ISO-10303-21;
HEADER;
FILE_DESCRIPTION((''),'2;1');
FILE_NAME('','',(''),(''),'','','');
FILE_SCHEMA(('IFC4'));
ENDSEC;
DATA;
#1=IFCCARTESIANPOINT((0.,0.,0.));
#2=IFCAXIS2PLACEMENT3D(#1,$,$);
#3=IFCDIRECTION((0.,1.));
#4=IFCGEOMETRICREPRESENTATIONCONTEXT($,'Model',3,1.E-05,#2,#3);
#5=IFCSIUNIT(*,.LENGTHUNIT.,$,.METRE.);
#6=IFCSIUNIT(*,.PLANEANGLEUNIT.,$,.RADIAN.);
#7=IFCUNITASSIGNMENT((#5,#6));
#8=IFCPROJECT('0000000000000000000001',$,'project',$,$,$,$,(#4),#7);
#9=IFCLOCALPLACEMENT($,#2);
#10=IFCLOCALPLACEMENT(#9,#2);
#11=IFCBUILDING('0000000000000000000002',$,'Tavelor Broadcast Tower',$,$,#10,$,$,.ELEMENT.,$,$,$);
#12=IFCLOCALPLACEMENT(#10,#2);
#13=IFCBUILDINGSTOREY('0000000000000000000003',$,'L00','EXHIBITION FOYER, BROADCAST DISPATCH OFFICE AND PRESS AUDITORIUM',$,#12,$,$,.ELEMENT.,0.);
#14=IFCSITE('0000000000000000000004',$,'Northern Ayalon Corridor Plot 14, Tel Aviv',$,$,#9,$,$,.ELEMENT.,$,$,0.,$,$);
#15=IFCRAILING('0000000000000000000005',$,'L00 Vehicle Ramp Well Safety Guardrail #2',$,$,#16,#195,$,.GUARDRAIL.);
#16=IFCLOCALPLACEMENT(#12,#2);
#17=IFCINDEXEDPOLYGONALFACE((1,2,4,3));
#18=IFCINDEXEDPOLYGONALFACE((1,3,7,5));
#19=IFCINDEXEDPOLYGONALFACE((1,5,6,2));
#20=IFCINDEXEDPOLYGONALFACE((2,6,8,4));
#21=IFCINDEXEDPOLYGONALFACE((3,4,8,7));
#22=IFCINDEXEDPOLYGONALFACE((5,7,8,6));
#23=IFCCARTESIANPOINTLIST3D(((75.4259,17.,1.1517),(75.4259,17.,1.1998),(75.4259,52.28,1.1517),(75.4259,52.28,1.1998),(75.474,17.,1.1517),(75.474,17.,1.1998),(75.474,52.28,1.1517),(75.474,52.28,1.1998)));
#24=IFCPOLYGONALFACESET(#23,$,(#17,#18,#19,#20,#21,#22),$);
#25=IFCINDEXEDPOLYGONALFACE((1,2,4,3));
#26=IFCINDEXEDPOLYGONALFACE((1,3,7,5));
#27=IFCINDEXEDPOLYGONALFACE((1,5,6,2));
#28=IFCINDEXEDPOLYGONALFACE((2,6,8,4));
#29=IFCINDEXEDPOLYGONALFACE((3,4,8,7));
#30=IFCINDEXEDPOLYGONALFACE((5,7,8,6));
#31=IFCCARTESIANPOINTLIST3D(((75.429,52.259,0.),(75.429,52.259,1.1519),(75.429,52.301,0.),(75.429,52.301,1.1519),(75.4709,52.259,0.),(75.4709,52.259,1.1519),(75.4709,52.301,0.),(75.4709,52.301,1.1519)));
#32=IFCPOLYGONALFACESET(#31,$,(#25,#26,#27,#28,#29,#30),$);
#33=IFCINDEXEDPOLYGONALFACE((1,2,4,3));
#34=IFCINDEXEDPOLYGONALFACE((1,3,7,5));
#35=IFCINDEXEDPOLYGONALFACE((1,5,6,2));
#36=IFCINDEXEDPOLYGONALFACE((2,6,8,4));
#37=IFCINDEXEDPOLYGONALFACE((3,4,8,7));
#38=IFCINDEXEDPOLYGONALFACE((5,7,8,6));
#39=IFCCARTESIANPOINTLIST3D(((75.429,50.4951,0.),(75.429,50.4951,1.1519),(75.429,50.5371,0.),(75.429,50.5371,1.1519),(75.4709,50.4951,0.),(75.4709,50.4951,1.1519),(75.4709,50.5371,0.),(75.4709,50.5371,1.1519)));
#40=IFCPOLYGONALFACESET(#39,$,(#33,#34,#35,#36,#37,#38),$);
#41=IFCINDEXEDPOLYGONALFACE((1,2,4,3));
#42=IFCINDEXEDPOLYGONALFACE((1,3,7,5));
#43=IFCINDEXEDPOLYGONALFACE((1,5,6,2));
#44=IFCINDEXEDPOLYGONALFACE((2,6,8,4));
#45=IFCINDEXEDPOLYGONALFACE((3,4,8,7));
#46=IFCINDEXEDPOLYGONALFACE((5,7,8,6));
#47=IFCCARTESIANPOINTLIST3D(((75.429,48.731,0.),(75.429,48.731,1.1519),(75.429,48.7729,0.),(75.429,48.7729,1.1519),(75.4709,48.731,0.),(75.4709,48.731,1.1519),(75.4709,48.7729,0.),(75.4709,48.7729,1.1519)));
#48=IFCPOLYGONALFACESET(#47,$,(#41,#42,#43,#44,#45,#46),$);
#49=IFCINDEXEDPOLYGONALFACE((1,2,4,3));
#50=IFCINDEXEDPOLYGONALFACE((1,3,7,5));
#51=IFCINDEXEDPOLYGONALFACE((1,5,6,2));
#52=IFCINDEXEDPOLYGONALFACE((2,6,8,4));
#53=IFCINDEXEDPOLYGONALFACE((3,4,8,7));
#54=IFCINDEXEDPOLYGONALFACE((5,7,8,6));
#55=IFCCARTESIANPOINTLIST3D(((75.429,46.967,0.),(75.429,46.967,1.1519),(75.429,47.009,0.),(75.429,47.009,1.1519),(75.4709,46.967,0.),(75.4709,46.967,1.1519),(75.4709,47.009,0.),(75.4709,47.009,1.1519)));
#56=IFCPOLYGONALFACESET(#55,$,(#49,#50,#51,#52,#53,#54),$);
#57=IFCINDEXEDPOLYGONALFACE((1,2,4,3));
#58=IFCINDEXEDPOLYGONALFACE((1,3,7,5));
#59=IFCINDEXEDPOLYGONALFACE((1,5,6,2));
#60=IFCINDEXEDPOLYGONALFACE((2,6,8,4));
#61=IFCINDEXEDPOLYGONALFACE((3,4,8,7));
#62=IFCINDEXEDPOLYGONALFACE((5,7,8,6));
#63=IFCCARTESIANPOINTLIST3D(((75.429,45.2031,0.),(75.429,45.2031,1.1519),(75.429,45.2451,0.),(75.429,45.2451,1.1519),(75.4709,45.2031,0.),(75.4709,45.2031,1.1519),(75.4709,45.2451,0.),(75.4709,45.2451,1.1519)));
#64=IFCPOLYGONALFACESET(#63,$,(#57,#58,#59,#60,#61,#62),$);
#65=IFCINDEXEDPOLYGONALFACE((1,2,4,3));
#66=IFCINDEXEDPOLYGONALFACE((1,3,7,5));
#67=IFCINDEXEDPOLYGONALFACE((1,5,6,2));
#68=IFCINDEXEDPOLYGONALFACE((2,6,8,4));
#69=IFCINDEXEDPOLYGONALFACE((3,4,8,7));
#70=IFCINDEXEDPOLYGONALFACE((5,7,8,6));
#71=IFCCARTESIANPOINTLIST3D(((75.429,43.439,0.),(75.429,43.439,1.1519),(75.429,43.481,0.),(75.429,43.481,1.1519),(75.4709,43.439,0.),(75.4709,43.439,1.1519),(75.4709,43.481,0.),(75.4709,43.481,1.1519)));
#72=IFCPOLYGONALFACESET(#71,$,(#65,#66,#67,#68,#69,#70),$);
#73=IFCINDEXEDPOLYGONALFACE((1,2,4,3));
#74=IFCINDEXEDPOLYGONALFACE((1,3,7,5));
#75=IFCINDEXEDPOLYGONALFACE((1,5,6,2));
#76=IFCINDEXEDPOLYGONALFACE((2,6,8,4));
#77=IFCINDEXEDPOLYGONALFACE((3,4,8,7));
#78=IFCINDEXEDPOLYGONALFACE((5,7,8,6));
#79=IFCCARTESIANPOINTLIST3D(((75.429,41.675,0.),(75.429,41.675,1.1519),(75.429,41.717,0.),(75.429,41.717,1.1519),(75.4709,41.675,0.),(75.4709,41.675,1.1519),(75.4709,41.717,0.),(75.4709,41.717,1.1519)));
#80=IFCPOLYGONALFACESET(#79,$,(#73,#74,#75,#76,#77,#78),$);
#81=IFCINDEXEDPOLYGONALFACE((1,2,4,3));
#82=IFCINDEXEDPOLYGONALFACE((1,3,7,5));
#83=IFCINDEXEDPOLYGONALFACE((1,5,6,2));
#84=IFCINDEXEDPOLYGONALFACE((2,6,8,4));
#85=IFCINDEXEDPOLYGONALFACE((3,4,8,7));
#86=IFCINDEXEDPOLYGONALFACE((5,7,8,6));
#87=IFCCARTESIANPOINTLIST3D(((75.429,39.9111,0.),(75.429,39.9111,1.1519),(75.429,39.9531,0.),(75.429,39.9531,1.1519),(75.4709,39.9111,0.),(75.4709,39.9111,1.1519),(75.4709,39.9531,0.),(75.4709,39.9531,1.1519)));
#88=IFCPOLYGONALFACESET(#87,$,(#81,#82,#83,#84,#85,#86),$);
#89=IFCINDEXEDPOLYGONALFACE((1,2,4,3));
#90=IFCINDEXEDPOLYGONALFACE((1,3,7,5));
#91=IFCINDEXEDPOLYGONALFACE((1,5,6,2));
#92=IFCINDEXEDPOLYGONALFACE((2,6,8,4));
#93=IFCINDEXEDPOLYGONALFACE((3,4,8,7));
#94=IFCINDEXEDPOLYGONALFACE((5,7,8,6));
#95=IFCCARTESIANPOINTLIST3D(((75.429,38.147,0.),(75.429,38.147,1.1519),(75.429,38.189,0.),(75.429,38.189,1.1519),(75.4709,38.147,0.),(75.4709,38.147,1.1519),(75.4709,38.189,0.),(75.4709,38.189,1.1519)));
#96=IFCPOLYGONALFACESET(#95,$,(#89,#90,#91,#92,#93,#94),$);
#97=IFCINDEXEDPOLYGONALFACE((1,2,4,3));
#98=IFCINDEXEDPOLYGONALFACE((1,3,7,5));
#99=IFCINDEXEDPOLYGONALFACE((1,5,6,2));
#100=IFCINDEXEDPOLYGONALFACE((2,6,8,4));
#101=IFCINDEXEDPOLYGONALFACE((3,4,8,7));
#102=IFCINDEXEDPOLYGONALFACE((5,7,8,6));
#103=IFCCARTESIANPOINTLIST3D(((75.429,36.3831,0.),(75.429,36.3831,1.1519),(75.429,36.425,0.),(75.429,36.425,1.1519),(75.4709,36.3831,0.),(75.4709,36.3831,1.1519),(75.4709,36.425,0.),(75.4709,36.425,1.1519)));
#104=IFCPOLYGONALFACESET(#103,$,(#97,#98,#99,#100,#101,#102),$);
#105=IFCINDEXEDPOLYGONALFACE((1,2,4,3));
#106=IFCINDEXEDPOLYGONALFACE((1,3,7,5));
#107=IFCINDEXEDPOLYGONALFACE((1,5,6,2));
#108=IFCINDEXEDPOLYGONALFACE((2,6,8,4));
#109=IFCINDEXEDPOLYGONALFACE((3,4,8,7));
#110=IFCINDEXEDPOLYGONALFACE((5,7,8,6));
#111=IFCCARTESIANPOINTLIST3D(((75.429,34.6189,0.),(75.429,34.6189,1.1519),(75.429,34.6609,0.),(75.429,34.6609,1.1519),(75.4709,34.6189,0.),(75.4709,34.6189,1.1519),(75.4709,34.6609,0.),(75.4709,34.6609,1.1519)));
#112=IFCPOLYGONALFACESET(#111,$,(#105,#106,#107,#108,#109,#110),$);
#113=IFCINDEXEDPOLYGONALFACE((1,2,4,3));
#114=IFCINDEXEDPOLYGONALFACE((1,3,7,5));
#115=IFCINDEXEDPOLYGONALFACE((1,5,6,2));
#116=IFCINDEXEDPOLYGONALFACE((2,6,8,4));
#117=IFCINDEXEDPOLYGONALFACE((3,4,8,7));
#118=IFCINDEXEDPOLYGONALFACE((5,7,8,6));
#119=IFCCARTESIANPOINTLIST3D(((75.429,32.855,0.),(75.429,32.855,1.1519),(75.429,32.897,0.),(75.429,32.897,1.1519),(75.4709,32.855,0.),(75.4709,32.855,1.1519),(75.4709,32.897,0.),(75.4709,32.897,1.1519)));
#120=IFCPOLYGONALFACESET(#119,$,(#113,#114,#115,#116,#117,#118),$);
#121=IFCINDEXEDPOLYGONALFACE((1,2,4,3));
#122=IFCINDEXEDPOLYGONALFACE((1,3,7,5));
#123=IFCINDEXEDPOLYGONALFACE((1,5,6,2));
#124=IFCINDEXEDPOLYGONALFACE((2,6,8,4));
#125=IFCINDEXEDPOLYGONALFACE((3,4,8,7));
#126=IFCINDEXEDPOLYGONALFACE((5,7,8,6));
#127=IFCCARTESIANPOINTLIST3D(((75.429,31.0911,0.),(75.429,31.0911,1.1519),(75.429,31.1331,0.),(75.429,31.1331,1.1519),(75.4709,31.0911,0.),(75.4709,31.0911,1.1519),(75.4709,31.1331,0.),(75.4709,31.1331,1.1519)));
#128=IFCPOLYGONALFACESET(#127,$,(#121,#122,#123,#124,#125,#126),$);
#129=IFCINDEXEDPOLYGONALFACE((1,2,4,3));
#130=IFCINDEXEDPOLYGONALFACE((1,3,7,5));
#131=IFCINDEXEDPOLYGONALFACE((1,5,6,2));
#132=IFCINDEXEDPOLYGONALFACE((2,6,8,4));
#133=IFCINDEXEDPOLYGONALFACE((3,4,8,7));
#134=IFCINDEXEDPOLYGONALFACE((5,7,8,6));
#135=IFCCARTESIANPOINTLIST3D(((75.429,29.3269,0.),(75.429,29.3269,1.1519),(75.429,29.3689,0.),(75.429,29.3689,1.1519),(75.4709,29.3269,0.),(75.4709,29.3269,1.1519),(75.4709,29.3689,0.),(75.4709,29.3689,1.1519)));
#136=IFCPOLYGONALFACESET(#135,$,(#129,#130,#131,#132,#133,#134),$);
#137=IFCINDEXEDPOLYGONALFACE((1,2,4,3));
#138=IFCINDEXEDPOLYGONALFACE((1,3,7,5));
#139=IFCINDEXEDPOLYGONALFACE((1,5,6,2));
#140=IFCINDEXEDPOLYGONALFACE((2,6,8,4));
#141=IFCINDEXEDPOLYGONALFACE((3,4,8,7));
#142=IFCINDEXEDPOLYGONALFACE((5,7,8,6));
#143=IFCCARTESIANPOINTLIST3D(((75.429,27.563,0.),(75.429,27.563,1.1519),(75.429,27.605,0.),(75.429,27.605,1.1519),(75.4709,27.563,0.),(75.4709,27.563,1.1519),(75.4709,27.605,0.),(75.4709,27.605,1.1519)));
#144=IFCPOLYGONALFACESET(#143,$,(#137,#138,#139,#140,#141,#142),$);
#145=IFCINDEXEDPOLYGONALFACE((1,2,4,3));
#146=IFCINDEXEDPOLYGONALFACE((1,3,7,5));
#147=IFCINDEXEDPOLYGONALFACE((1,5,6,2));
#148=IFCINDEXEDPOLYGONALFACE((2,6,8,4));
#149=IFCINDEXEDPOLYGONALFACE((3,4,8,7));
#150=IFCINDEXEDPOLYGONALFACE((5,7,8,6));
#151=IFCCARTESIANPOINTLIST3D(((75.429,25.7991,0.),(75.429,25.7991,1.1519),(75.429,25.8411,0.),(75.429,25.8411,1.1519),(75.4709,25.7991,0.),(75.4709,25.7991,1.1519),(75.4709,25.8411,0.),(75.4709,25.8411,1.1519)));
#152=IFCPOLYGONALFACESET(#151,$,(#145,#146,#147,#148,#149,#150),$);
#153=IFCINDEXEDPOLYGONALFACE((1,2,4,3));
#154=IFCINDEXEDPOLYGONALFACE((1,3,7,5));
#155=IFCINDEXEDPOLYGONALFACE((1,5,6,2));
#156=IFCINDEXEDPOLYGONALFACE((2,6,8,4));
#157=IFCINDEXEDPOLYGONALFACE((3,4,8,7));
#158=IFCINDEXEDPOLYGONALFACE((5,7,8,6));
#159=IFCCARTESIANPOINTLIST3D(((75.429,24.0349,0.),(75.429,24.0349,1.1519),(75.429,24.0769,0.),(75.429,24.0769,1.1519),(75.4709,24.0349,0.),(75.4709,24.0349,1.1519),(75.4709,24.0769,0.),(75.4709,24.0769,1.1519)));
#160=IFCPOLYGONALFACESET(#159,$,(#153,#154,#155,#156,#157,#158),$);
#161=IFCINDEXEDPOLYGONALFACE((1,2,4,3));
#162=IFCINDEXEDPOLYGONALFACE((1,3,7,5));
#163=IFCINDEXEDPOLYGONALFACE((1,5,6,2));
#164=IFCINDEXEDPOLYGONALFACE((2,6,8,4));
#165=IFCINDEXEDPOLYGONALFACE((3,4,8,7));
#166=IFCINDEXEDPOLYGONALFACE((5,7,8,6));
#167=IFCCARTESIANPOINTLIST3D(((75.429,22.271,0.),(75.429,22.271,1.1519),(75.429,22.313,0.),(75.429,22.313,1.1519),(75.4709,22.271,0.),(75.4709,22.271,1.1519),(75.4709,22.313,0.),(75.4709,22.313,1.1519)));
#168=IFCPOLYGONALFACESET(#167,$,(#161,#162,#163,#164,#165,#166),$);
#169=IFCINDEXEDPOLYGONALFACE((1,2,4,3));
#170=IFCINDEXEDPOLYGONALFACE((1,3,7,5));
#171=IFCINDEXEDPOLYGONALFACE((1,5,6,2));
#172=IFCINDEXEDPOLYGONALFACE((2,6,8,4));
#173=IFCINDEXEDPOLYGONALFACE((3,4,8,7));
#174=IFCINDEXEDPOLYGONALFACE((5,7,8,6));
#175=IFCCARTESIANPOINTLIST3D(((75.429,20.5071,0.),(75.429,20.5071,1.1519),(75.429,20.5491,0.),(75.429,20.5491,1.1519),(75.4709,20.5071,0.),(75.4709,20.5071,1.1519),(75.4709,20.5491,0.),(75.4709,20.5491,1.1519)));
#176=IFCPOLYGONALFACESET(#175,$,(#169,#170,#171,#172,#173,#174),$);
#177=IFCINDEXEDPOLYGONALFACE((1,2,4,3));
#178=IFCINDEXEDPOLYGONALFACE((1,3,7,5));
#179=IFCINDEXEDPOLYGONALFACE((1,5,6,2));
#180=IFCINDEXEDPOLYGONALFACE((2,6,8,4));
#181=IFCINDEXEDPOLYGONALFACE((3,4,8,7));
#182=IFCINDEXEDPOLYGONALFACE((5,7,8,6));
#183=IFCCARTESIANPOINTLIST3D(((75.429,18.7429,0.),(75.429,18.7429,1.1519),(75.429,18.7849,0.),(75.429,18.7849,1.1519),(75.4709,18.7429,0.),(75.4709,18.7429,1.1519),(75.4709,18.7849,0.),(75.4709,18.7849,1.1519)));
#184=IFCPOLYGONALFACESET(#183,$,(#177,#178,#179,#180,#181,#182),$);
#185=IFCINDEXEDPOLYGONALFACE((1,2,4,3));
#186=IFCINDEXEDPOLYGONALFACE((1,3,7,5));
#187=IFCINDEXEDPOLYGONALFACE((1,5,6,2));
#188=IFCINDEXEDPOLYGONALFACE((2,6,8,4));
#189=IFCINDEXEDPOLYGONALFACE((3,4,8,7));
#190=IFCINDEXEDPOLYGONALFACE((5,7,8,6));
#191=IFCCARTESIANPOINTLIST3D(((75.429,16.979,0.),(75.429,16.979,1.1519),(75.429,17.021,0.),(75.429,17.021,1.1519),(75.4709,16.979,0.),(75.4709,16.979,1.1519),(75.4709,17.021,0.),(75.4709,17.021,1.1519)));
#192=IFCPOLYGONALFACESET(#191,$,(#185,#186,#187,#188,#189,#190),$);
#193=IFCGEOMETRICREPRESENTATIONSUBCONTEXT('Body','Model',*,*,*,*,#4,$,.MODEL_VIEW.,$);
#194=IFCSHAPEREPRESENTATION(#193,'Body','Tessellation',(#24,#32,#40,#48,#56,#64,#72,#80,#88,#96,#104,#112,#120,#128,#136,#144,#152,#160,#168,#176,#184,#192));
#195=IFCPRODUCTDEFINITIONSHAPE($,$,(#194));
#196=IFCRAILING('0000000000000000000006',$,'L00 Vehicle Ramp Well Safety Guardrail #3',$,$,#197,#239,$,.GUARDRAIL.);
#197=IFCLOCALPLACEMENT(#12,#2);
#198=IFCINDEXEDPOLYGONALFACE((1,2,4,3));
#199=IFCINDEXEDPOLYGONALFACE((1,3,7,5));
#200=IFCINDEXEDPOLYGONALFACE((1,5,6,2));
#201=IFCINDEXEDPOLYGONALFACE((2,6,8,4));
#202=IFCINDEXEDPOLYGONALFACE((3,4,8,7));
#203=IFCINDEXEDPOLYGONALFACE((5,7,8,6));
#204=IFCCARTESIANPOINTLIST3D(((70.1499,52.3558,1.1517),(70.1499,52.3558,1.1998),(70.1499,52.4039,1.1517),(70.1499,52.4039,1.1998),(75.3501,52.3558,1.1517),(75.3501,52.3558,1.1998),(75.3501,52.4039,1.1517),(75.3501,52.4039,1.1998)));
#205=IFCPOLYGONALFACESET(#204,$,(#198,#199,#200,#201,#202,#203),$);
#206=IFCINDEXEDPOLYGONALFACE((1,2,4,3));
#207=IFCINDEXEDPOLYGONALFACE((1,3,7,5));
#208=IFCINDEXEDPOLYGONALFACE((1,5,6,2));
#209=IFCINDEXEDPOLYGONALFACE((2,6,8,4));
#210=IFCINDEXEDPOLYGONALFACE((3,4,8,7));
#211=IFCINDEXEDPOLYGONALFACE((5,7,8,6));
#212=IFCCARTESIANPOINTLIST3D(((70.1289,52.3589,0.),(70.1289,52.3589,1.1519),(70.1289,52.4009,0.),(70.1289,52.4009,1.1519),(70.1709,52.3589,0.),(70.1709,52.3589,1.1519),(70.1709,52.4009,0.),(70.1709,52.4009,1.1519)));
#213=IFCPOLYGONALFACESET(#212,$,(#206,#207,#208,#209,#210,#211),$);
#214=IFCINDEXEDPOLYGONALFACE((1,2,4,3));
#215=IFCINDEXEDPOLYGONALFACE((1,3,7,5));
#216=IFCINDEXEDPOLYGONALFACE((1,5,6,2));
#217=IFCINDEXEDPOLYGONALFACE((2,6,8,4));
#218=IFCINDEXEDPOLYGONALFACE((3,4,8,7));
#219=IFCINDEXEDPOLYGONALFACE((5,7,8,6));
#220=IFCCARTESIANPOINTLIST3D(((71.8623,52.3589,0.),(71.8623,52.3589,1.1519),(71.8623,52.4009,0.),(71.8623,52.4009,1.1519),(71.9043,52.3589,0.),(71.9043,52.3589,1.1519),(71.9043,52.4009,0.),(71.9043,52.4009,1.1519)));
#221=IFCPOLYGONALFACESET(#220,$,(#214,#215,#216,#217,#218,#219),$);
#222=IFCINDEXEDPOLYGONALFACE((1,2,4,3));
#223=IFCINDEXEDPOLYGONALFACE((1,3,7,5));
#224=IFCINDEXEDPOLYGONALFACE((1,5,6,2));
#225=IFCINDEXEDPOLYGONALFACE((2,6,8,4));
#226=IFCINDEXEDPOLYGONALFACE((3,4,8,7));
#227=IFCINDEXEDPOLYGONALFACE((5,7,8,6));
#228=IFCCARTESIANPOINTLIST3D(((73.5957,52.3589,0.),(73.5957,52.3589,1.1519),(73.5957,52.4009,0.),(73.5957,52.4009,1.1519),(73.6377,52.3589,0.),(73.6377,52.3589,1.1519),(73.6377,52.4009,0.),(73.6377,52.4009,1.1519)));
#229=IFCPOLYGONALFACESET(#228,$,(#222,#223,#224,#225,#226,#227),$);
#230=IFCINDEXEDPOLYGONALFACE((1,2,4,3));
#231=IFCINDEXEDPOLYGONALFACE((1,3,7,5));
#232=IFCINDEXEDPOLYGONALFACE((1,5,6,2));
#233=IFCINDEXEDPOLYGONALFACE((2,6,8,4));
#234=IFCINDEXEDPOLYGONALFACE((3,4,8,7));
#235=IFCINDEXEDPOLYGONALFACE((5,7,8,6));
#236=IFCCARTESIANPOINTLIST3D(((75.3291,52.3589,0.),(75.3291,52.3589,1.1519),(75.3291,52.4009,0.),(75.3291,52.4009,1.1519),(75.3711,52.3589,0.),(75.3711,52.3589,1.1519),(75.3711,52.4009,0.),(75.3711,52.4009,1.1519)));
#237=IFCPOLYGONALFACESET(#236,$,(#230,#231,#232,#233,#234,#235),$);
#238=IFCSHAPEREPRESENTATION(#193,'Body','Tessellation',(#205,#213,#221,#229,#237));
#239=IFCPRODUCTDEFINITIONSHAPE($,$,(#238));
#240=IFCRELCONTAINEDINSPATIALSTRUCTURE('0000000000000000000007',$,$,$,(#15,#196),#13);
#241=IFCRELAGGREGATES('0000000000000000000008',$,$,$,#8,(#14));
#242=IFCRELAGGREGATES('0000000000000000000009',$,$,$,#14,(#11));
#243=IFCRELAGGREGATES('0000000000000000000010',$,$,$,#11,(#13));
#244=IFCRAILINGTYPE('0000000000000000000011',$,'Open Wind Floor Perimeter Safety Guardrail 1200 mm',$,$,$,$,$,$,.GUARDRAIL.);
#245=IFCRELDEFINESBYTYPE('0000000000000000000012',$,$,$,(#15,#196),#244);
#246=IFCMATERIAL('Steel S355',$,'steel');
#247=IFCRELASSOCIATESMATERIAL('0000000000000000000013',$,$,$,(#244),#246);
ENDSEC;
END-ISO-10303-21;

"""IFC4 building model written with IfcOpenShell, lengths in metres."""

from ifc_helpers import new_model, si_unit, direction, frame, origin, origin_2d, place, context, subcontext, project, spatial, rectangle, extrude, material, type_object, element, save


model = new_model("IFC4")

# Units and contexts
model_context = context("Model", 3, precision=1e-05, world=origin(), true_north=direction((0.0, 1.0)))
body_context = subcontext(model_context, "Body", "Model", "MODEL_VIEW")
ifc_project = project(units=[si_unit("LENGTHUNIT", "METRE"), si_unit("PLANEANGLEUNIT", "RADIAN")], contexts=[model_context])

# Site, building, storey
site_placement = place(None, origin())
site = spatial("IfcSite", under=ifc_project, at=site_placement, Name="Northern Ayalon Corridor Plot 14, Tel Aviv", CompositionType="ELEMENT", RefElevation=0.0)
building_placement = place(site_placement, origin())
building = spatial("IfcBuilding", under=site, at=building_placement, Name="Tavelor Broadcast Tower", CompositionType="ELEMENT")
storey_placement = place(building_placement, origin())
storey = spatial("IfcBuildingStorey", under=building, at=storey_placement, Name="L00", Description="EXHIBITION FOYER, BROADCAST DISPATCH OFFICE AND PRESS AUDITORIUM", CompositionType="ELEMENT", Elevation=0.0)

# Shared definitions
ifc_material_1 = material(Name="Steel S355", Category="steel")

# Railings
railing_type_1 = type_object("IfcRailingType", Name="Open Wind Floor Perimeter Safety Guardrail 1200 mm", PredefinedType="GUARDRAIL", material=ifc_material_1)
railing_1_placement = place(storey_placement, frame((75.45, 52.28, 0.0)))
element("IfcRailing", 1, at=railing_1_placement, inside=storey, type_object=railing_type_1, Name="L00 Vehicle Ramp Well Safety Guardrail #2", PredefinedType="GUARDRAIL", context=body_context, shape_type="SweptSolid", body=[
    extrude(rectangle(XDim=0.0481, YDim=0.0481, at=origin_2d()), frame((0.0, 0.0, 1.1758), z_axis=(0.0, -1.0, 0.0), x_axis=(1.0, 0.0, 0.0)), (0.0, 0.0, 1.0), 35.28),
    extrude(rectangle(XDim=0.042, YDim=0.042, at=origin_2d()), origin(), (0.0, 0.0, 1.0), 1.1519),
    extrude(rectangle(XDim=0.042, YDim=0.042, at=origin_2d()), frame((0.0, -1.7639, 0.0)), (0.0, 0.0, 1.0), 1.1519),
    extrude(rectangle(XDim=0.042, YDim=0.042, at=origin_2d()), frame((0.0, -3.5281, 0.0)), (0.0, 0.0, 1.0), 1.1519),
    extrude(rectangle(XDim=0.042, YDim=0.042, at=origin_2d()), frame((0.0, -5.292, 0.0)), (0.0, 0.0, 1.0), 1.1519),
    extrude(rectangle(XDim=0.042, YDim=0.042, at=origin_2d()), frame((0.0, -7.0559, 0.0)), (0.0, 0.0, 1.0), 1.1519),
    extrude(rectangle(XDim=0.042, YDim=0.042, at=origin_2d()), frame((0.0, -8.8201, 0.0)), (0.0, 0.0, 1.0), 1.1519),
    extrude(rectangle(XDim=0.042, YDim=0.042, at=origin_2d()), frame((0.0, -10.584, 0.0)), (0.0, 0.0, 1.0), 1.1519),
    extrude(rectangle(XDim=0.042, YDim=0.042, at=origin_2d()), frame((0.0, -12.3479, 0.0)), (0.0, 0.0, 1.0), 1.1519),
    extrude(rectangle(XDim=0.042, YDim=0.042, at=origin_2d()), frame((0.0, -14.1121, 0.0)), (0.0, 0.0, 1.0), 1.1519),
    extrude(rectangle(XDim=0.042, YDim=0.042, at=origin_2d()), frame((0.0, -15.876, 0.0)), (0.0, 0.0, 1.0), 1.1519),
    extrude(rectangle(XDim=0.042, YDim=0.042, at=origin_2d()), frame((0.0, -17.6401, 0.0)), (0.0, 0.0, 1.0), 1.1519),
    extrude(rectangle(XDim=0.042, YDim=0.042, at=origin_2d()), frame((0.0, -19.4041, 0.0)), (0.0, 0.0, 1.0), 1.1519),
    extrude(rectangle(XDim=0.042, YDim=0.042, at=origin_2d()), frame((0.0, -21.168, 0.0)), (0.0, 0.0, 1.0), 1.1519),
    extrude(rectangle(XDim=0.042, YDim=0.042, at=origin_2d()), frame((0.0, -22.9321, 0.0)), (0.0, 0.0, 1.0), 1.1519),
    extrude(rectangle(XDim=0.042, YDim=0.042, at=origin_2d()), frame((0.0, -24.696, 0.0)), (0.0, 0.0, 1.0), 1.1519),
    extrude(rectangle(XDim=0.042, YDim=0.042, at=origin_2d()), frame((0.0, -26.46, 0.0)), (0.0, 0.0, 1.0), 1.1519),
    extrude(rectangle(XDim=0.042, YDim=0.042, at=origin_2d()), frame((0.0, -28.2241, 0.0)), (0.0, 0.0, 1.0), 1.1519),
    extrude(rectangle(XDim=0.042, YDim=0.042, at=origin_2d()), frame((0.0, -29.988, 0.0)), (0.0, 0.0, 1.0), 1.1519),
    extrude(rectangle(XDim=0.042, YDim=0.042, at=origin_2d()), frame((0.0, -31.752, 0.0)), (0.0, 0.0, 1.0), 1.1519),
    extrude(rectangle(XDim=0.042, YDim=0.042, at=origin_2d()), frame((0.0, -33.5161, 0.0)), (0.0, 0.0, 1.0), 1.1519),
    extrude(rectangle(XDim=0.042, YDim=0.042, at=origin_2d()), frame((0.0, -35.28, 0.0)), (0.0, 0.0, 1.0), 1.1519),
])
railing_2_placement = place(storey_placement, frame((70.1499, 52.3799, 0.0)))
element("IfcRailing", 2, at=railing_2_placement, inside=storey, type_object=railing_type_1, Name="L00 Vehicle Ramp Well Safety Guardrail #3", PredefinedType="GUARDRAIL", context=body_context, shape_type="SweptSolid", body=[
    extrude(rectangle(XDim=0.0481, YDim=0.0481, at=origin_2d()), frame((0.0, 0.0, 1.1758), z_axis=(1.0, 0.0, 0.0), x_axis=(0.0, 1.0, 0.0)), (0.0, 0.0, 1.0), 5.2002),
    extrude(rectangle(XDim=0.042, YDim=0.042, at=origin_2d()), origin(), (0.0, 0.0, 1.0), 1.1519),
    extrude(rectangle(XDim=0.042, YDim=0.042, at=origin_2d()), frame((1.7334, 0.0, 0.0)), (0.0, 0.0, 1.0), 1.1519),
    extrude(rectangle(XDim=0.042, YDim=0.042, at=origin_2d()), frame((3.4668, 0.0, 0.0)), (0.0, 0.0, 1.0), 1.1519),
    extrude(rectangle(XDim=0.042, YDim=0.042, at=origin_2d()), frame((5.2002, 0.0, 0.0)), (0.0, 0.0, 1.0), 1.1519),
])

save(model, "model.ifc")
